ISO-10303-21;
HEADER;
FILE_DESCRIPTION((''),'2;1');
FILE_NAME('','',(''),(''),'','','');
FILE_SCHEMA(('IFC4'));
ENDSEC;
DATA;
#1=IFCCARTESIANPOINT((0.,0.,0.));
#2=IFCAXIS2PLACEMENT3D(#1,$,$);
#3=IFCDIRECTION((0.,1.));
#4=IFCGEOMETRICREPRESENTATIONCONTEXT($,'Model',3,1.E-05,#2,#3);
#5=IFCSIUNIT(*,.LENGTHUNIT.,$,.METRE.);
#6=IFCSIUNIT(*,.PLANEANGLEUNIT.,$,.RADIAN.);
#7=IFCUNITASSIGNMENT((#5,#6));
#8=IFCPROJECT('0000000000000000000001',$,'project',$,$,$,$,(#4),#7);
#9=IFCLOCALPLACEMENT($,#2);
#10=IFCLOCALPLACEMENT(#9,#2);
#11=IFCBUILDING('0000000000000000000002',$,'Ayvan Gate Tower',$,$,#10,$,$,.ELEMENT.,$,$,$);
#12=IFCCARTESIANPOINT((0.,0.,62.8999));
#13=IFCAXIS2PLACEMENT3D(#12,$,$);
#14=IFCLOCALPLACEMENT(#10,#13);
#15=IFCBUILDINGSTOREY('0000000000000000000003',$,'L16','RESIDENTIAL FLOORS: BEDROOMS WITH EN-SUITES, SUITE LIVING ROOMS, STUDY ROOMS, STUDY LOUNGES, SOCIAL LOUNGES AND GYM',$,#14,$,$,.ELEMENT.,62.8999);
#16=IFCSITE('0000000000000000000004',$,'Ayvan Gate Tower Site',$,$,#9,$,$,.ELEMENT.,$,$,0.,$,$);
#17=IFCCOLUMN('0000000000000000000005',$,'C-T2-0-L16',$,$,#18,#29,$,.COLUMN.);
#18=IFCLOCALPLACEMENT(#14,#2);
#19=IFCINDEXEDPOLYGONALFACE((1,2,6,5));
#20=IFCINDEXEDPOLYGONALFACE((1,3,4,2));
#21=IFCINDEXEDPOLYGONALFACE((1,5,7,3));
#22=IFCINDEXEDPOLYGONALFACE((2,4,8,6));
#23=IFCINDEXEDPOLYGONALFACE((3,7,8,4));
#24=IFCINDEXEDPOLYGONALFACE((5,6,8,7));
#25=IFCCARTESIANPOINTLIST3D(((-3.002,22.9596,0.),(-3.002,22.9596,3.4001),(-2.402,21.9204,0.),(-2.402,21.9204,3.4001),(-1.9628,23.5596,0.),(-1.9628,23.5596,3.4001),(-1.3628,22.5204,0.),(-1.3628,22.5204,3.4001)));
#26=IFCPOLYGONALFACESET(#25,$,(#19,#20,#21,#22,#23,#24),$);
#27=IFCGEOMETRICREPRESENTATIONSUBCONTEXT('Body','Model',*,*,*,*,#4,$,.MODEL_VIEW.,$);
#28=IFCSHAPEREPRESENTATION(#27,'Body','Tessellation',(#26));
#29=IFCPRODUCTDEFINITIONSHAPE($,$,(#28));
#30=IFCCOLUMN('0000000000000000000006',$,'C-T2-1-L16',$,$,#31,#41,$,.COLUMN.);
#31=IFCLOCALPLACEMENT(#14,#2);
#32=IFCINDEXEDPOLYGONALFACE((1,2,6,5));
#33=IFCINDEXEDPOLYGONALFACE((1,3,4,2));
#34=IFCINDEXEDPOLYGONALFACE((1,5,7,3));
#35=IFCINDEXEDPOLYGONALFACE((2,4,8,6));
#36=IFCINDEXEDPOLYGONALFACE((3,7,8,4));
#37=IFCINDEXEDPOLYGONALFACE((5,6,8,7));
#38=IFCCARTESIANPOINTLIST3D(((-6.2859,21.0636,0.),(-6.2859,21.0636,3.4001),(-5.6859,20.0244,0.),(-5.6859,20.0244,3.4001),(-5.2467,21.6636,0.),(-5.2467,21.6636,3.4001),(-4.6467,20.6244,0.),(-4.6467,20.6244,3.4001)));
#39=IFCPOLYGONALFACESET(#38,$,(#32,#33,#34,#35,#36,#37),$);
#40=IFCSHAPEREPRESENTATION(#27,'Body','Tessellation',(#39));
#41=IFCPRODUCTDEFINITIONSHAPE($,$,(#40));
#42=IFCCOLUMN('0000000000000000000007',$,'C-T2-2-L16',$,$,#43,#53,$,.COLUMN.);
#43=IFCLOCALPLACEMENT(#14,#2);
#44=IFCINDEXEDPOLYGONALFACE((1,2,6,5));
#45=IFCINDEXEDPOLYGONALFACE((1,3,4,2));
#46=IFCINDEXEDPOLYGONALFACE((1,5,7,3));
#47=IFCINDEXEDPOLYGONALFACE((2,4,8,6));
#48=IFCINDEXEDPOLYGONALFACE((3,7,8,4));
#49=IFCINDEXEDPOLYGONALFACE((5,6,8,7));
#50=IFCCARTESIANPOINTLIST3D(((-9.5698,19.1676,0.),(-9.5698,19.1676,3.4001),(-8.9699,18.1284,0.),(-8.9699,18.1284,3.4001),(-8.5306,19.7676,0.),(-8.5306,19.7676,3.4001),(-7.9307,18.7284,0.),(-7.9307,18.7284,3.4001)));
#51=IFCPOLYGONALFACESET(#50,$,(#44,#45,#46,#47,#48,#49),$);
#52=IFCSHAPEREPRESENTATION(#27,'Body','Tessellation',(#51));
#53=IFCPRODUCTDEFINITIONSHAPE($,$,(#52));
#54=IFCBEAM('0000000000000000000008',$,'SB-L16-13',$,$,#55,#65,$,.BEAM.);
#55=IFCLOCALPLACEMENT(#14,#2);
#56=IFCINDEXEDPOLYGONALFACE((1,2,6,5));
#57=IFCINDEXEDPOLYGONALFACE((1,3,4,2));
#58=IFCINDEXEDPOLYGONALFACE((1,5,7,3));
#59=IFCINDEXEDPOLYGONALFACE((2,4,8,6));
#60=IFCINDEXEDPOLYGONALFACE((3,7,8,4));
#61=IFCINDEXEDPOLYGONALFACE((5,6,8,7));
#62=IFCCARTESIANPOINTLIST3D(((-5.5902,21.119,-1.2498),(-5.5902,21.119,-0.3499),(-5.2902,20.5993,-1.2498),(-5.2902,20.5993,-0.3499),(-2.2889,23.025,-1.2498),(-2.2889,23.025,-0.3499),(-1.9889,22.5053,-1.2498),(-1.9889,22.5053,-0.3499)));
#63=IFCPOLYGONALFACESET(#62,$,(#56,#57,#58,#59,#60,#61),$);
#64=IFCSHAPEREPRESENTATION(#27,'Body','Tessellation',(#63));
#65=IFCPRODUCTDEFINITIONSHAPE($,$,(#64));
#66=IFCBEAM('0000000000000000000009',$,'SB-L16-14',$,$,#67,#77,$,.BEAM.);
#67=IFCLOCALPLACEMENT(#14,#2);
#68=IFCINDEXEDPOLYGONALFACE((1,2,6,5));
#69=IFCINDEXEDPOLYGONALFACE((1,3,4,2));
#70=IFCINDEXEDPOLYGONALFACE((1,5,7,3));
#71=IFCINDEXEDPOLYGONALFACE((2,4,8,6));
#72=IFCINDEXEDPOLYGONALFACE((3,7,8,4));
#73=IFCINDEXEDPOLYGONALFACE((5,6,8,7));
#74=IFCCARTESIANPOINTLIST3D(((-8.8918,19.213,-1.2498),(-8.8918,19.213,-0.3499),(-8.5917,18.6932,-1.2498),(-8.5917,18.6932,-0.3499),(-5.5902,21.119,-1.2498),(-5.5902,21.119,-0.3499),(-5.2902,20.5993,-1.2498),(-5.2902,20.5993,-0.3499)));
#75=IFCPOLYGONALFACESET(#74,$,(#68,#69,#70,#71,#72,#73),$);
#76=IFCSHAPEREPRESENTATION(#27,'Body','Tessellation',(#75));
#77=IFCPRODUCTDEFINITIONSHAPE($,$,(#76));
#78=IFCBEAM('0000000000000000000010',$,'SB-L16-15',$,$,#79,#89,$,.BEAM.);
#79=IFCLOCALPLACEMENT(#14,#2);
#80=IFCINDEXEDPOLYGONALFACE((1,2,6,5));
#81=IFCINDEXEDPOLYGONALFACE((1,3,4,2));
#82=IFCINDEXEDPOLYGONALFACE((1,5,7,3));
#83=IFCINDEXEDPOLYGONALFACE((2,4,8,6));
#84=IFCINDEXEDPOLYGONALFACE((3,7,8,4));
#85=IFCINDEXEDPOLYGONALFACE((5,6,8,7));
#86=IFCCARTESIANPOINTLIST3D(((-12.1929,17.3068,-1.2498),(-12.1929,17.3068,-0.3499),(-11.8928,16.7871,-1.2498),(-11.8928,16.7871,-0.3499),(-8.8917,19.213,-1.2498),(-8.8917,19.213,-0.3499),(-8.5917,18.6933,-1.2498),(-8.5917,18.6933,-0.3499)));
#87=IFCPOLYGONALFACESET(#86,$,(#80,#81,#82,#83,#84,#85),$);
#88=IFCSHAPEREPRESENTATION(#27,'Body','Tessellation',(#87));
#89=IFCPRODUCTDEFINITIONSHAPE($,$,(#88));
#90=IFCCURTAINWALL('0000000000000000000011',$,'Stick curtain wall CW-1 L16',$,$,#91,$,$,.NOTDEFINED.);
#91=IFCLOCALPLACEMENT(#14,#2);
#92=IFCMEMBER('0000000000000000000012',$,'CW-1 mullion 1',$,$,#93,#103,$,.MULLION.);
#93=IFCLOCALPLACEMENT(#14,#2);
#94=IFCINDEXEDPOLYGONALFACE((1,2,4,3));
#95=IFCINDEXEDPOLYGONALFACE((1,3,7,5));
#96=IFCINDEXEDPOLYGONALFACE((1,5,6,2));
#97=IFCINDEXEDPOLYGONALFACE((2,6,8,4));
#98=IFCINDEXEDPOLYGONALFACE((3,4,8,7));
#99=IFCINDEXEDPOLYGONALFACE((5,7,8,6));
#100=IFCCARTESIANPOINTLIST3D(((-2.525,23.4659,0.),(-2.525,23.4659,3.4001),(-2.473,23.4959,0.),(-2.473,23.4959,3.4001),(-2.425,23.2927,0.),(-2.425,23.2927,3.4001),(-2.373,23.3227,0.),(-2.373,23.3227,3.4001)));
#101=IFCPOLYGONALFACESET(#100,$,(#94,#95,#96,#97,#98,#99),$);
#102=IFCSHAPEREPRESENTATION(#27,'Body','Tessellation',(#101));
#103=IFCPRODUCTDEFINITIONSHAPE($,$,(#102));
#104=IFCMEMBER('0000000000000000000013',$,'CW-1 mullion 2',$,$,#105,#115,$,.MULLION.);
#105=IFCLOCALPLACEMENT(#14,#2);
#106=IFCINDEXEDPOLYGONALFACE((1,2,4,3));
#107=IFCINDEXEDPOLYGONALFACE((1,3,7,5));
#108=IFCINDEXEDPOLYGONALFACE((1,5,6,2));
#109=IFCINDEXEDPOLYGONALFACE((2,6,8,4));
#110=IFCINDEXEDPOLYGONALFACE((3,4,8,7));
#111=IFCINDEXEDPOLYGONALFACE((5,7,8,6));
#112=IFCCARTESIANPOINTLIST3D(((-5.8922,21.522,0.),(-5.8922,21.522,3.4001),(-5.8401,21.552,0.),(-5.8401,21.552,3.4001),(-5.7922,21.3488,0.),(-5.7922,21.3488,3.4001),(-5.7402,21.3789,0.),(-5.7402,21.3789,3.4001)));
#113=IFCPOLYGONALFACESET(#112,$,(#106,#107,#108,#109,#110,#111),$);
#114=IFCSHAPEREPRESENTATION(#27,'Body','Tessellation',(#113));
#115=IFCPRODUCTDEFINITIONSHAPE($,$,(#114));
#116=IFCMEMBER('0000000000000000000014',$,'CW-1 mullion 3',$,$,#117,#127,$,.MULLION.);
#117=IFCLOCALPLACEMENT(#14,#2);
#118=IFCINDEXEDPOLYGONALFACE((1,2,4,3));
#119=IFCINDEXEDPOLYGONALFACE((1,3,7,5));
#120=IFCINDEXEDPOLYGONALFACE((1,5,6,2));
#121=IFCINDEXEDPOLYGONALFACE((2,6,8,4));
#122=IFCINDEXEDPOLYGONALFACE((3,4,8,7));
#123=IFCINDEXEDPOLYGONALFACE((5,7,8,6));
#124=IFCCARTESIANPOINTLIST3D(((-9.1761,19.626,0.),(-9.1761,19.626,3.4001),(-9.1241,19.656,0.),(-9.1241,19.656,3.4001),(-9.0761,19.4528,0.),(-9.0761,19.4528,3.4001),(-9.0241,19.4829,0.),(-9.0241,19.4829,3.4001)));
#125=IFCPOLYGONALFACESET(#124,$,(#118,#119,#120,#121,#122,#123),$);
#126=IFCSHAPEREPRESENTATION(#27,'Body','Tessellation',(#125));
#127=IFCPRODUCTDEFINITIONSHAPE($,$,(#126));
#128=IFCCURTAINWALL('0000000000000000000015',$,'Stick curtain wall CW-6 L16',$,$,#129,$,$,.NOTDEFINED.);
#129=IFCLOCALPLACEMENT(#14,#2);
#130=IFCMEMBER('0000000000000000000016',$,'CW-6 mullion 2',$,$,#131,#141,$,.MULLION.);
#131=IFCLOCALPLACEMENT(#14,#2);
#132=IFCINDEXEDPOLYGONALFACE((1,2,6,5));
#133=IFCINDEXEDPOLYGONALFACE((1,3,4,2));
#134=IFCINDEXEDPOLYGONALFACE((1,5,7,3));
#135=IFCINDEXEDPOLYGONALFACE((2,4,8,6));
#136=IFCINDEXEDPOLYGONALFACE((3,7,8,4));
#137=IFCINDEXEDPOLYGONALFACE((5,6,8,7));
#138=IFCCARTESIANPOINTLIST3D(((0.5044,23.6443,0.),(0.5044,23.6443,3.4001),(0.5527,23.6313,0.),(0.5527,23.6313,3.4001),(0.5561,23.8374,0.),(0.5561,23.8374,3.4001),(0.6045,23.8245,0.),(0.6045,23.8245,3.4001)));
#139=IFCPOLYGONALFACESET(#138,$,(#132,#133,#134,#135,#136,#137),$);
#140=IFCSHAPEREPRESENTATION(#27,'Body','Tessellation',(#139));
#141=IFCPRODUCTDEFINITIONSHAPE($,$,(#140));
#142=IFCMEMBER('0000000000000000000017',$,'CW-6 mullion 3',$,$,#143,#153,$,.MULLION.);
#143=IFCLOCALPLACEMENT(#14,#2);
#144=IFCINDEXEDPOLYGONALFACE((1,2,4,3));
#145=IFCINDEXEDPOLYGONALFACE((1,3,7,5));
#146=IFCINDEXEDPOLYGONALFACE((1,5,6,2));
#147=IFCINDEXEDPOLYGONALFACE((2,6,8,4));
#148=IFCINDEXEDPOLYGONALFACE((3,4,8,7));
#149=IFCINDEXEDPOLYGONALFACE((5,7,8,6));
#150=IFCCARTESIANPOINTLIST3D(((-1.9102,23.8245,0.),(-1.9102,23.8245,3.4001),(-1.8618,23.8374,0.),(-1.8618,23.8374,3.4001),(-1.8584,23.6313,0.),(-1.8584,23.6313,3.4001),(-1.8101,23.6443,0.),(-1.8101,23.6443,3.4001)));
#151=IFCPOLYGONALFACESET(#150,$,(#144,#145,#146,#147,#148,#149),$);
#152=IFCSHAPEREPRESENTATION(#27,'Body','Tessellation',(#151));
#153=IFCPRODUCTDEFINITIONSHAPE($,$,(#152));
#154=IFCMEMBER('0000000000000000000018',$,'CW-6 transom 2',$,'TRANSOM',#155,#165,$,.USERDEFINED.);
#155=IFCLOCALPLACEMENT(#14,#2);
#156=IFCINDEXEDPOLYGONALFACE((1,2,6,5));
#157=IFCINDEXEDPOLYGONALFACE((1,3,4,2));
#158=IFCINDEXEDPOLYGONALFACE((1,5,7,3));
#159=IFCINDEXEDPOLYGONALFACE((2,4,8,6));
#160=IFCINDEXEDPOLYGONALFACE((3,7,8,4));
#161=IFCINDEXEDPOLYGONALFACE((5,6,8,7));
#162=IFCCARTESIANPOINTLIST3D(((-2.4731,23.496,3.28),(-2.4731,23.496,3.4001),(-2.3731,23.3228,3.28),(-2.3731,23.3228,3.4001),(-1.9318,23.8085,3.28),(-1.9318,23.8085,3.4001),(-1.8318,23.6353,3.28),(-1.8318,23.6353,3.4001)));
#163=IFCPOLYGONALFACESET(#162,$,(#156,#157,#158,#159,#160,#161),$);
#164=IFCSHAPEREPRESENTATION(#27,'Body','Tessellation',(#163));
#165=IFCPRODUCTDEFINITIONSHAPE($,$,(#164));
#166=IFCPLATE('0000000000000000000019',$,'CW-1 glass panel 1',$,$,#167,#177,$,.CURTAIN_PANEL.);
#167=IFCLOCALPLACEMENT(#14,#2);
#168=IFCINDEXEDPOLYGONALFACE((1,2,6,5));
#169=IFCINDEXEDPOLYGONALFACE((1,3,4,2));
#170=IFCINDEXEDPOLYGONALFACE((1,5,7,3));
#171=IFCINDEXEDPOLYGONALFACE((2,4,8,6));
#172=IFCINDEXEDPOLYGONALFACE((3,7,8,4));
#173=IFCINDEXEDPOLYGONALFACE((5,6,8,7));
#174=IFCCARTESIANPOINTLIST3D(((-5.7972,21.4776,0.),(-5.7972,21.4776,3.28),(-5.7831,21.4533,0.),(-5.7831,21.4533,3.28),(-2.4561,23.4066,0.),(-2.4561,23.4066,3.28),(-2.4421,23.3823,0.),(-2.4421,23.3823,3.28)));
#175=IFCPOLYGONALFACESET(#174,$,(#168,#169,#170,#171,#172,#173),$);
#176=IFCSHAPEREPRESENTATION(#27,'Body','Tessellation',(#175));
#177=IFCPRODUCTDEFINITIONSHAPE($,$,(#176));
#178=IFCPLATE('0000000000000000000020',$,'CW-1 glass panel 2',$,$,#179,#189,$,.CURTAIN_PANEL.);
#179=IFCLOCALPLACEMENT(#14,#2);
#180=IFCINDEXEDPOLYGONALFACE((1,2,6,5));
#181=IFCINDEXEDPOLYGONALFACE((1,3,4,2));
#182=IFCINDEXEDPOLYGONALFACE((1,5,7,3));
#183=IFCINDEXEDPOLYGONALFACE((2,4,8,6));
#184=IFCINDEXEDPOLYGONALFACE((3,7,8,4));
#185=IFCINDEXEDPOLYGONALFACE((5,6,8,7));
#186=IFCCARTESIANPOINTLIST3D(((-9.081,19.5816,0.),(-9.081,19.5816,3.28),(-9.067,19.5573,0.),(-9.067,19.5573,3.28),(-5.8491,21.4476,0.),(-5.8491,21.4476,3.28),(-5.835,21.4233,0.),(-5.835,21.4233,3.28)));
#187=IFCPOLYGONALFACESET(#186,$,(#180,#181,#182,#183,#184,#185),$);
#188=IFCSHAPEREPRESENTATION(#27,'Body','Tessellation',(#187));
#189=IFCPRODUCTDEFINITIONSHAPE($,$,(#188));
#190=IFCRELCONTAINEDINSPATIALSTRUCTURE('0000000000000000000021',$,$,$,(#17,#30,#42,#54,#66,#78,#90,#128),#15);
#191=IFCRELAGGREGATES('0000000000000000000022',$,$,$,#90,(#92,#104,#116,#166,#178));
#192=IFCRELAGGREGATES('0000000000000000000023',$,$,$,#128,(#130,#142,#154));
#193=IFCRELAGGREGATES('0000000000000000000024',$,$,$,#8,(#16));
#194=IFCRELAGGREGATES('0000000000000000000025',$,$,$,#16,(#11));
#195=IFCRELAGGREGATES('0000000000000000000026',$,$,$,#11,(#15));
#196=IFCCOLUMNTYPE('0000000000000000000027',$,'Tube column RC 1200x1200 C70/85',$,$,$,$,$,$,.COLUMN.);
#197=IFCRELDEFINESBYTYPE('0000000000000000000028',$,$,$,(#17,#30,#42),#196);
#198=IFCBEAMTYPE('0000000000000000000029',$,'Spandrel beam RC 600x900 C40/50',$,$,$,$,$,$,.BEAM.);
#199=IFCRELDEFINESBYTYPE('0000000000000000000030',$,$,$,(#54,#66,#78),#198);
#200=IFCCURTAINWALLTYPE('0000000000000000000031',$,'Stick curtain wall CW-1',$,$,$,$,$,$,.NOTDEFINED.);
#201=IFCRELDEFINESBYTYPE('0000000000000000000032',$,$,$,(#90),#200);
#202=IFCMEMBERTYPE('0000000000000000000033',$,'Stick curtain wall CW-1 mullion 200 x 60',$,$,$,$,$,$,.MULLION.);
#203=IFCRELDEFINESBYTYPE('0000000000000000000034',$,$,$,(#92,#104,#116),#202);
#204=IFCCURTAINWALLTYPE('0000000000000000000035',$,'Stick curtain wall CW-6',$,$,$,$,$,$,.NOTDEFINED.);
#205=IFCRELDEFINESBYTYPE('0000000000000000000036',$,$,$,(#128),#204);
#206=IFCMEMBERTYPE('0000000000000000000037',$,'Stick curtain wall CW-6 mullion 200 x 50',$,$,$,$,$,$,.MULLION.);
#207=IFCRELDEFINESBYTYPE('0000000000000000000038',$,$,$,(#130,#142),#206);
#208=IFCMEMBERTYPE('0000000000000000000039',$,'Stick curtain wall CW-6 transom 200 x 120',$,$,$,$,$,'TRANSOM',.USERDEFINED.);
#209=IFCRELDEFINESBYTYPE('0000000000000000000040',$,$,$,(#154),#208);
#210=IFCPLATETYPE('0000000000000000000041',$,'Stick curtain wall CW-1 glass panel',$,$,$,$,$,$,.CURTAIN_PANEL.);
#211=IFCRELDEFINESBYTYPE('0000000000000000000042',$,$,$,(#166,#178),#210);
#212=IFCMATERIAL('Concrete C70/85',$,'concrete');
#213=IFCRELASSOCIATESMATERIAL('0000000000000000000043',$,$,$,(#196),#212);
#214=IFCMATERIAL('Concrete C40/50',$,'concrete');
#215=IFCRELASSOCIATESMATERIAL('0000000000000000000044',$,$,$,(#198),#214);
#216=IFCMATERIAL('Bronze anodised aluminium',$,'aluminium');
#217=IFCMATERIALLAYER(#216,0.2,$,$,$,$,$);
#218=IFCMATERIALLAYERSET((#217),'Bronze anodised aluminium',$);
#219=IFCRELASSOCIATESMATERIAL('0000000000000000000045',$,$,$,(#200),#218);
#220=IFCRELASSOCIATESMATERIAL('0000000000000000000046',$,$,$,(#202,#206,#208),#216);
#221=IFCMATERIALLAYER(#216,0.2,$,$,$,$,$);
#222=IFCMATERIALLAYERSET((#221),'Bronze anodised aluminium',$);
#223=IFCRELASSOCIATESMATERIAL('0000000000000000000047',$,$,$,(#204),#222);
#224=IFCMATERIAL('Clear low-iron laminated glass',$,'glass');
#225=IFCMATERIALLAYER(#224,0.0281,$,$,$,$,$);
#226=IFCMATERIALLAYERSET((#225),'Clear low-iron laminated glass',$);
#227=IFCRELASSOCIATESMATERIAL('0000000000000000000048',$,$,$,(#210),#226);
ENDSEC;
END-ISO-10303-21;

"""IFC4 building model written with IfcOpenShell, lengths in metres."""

from ifc_helpers import new_model, si_unit, direction, frame, origin, origin_2d, place, context, subcontext, project, spatial, rectangle, extrude, material, layer, layer_set, material_profile, profile_set, type_object, element, aggregate, save


model = new_model("IFC4")

# Units and contexts
model_context = context("Model", 3, precision=1e-05, world=origin(), true_north=direction((0.0, 1.0)))
body_context = subcontext(model_context, "Body", "Model", "MODEL_VIEW")
ifc_project = project(units=[si_unit("LENGTHUNIT", "METRE"), si_unit("PLANEANGLEUNIT", "RADIAN")], contexts=[model_context])

# Site, building, storey
site_placement = place(None, origin())
site = spatial("IfcSite", under=ifc_project, at=site_placement, Name="Ayvan Gate Tower Site", CompositionType="ELEMENT", RefElevation=0.0)
building_placement = place(site_placement, origin())
building = spatial("IfcBuilding", under=site, at=building_placement, Name="Ayvan Gate Tower", CompositionType="ELEMENT")
storey_placement = place(building_placement, frame((0.0, 0.0, 62.8999)))
storey = spatial("IfcBuildingStorey", under=building, at=storey_placement, Name="L16", Description="RESIDENTIAL FLOORS: BEDROOMS WITH EN-SUITES, SUITE LIVING ROOMS, STUDY ROOMS, STUDY LOUNGES, SOCIAL LOUNGES AND GYM", CompositionType="ELEMENT", Elevation=62.8999)

# Columns
ifc_material_1 = material(Name="Concrete C70/85", Category="concrete")
ifc_material_profile_1 = material_profile(ifc_material_1, rectangle(XDim=1.2, YDim=1.2, at=origin_2d()), Name="RC 1200x1200")
ifc_profile_set_1 = profile_set([ifc_material_profile_1], Name="Concrete C70/85")
column_type = type_object("IfcColumnType", Name="Tube column RC 1200x1200 C70/85", PredefinedType="COLUMN", material=ifc_profile_set_1)
for number, where, z_axis, x_axis, name in (
    (1, (-2.1824, 22.74, 0.0), (0.0, 0.0, 1.0), (-0.5, 0.866025, 0.0), "C-T2-0-L16"),
    (2, (-5.4663, 20.844, 0.0), (0.0, 0.0, 1.0), (-0.5, 0.866025, 0.0), "C-T2-1-L16"),
    (3, (-8.7502, 18.948, 0.0), (0.0, 0.0, 1.0), (-0.5, 0.866025, 0.0), "C-T2-2-L16"),
):
    element("IfcColumn", number, at=place(storey_placement, frame(where, z_axis=z_axis, x_axis=x_axis)), inside=storey, type_object=column_type, Name=name, PredefinedType="COLUMN", context=body_context, shape_type="SweptSolid", body=[
        extrude(rectangle(XDim=1.2, YDim=1.2, at=origin_2d()), origin(), (0.0, 0.0, 1.0), 3.4001),
    ])

# Beams
ifc_material_2 = material(Name="Concrete C40/50", Category="concrete")
ifc_material_profile_2 = material_profile(ifc_material_2, rectangle(XDim=0.6001, YDim=0.8999, at=origin_2d()), Name="RC 600x900")
ifc_profile_set_2 = profile_set([ifc_material_profile_2], Name="Concrete C40/50")
beam_type = type_object("IfcBeamType", Name="Spandrel beam RC 600x900 C40/50", PredefinedType="BEAM", material=ifc_profile_set_2)
beam_1_placement = place(storey_placement, frame((-2.1389, 22.7651, -0.7998), z_axis=(-0.866023, -0.500003, 0.0), x_axis=(0.500003, -0.866023, 0.0)))
element("IfcBeam", 4, at=beam_1_placement, inside=storey, type_object=beam_type, Name="SB-L16-13", PredefinedType="BEAM", context=body_context, shape_type="SweptSolid", body=[
    extrude(rectangle(XDim=0.6001, YDim=0.8999, at=origin_2d()), origin(), (0.0, 0.0, 1.0), 3.812),
])
beam_2_placement = place(storey_placement, frame((-5.4402, 20.8591, -0.7998), z_axis=(-0.866039, -0.499976, 0.0), x_axis=(0.499976, -0.866039, 0.0)))
element("IfcBeam", 5, at=beam_2_placement, inside=storey, type_object=beam_type, Name="SB-L16-14", PredefinedType="BEAM", context=body_context, shape_type="SweptSolid", body=[
    extrude(rectangle(XDim=0.6001, YDim=0.8999, at=origin_2d()), origin(), (0.0, 0.0, 1.0), 3.8123),
])
beam_3_placement = place(storey_placement, frame((-8.7417, 18.9531, -0.7998), z_axis=(-0.865996, -0.500051, 0.0), x_axis=(0.500051, -0.865996, 0.0)))
element("IfcBeam", 6, at=beam_3_placement, inside=storey, type_object=beam_type, Name="SB-L16-15", PredefinedType="BEAM", context=body_context, shape_type="SweptSolid", body=[
    extrude(rectangle(XDim=0.6001, YDim=0.8999, at=origin_2d()), origin(), (0.0, 0.0, 1.0), 3.812),
])

# Curtain walls, members
ifc_material_3 = material(Name="Bronze anodised aluminium", Category="aluminium")
ifc_layer_1 = layer(ifc_material_3, 0.2)
ifc_layer_set_1 = layer_set([ifc_layer_1], Name="Bronze anodised aluminium")
curtain_wall_type_1 = type_object("IfcCurtainWallType", Name="Stick curtain wall CW-1", PredefinedType="NOTDEFINED", material=ifc_layer_set_1)
curtain_wall_1_placement = place(storey_placement, origin())
curtain_wall_1 = element("IfcCurtainWall", 7, at=curtain_wall_1_placement, inside=storey, type_object=curtain_wall_type_1, Name="Stick curtain wall CW-1 L16", PredefinedType="NOTDEFINED")
ifc_material_profile_3 = material_profile(ifc_material_3, rectangle(XDim=0.2, YDim=0.0601, at=origin_2d()), Name="Stick curtain wall CW-1 mullion 200 x 60")
ifc_profile_set_3 = profile_set([ifc_material_profile_3], Name="Bronze anodised aluminium")
member_type_1 = type_object("IfcMemberType", Name="Stick curtain wall CW-1 mullion 200 x 60", PredefinedType="MULLION", material=ifc_profile_set_3)
member_1_placement = place(storey_placement, frame((-2.449, 23.3943, 0.0), z_axis=(0.0, 0.0, 1.0), x_axis=(-0.5, 0.866025, 0.0)))
member_1 = element("IfcMember", 8, at=member_1_placement, type_object=member_type_1, Name="CW-1 mullion 1", PredefinedType="MULLION", context=body_context, shape_type="SweptSolid", body=[
    extrude(rectangle(XDim=0.2, YDim=0.0601, at=origin_2d()), origin(), (0.0, 0.0, 1.0), 3.4001),
])
member_2_placement = place(storey_placement, frame((-5.8162, 21.4504, 0.0), z_axis=(0.0, 0.0, 1.0), x_axis=(-0.5, 0.866025, 0.0)))
member_2 = element("IfcMember", 9, at=member_2_placement, type_object=member_type_1, Name="CW-1 mullion 2", PredefinedType="MULLION", context=body_context, shape_type="SweptSolid", body=[
    extrude(rectangle(XDim=0.2, YDim=0.0601, at=origin_2d()), origin(), (0.0, 0.0, 1.0), 3.4001),
])
member_3_placement = place(storey_placement, frame((-9.1001, 19.5544, 0.0), z_axis=(0.0, 0.0, 1.0), x_axis=(-0.5, 0.866025, 0.0)))
member_3 = element("IfcMember", 10, at=member_3_placement, type_object=member_type_1, Name="CW-1 mullion 3", PredefinedType="MULLION", context=body_context, shape_type="SweptSolid", body=[
    extrude(rectangle(XDim=0.2, YDim=0.0601, at=origin_2d()), origin(), (0.0, 0.0, 1.0), 3.4001),
])
ifc_layer_2 = layer(ifc_material_3, 0.2)
ifc_layer_set_2 = layer_set([ifc_layer_2], Name="Bronze anodised aluminium")
curtain_wall_type_2 = type_object("IfcCurtainWallType", Name="Stick curtain wall CW-6", PredefinedType="NOTDEFINED", material=ifc_layer_set_2)
curtain_wall_2_placement = place(storey_placement, origin())
curtain_wall_2 = element("IfcCurtainWall", 11, at=curtain_wall_2_placement, inside=storey, type_object=curtain_wall_type_2, Name="Stick curtain wall CW-6 L16", PredefinedType="NOTDEFINED")
ifc_material_profile_4 = material_profile(ifc_material_3, rectangle(XDim=0.2, YDim=0.05, at=origin_2d()), Name="Stick curtain wall CW-6 mullion 200 x 50")
ifc_profile_set_4 = profile_set([ifc_material_profile_4], Name="Bronze anodised aluminium")
member_type_2 = type_object("IfcMemberType", Name="Stick curtain wall CW-6 mullion 200 x 50", PredefinedType="MULLION", material=ifc_profile_set_4)
member_4_placement = place(storey_placement, frame((0.5544, 23.7344, 0.0), z_axis=(0.0, 0.0, 1.0), x_axis=(0.258819, 0.965926, 0.0)))
member_4 = element("IfcMember", 12, at=member_4_placement, type_object=member_type_2, Name="CW-6 mullion 2", PredefinedType="MULLION", context=body_context, shape_type="SweptSolid", body=[
    extrude(rectangle(XDim=0.2, YDim=0.05, at=origin_2d()), origin(), (0.0, 0.0, 1.0), 3.4001),
])
member_5_placement = place(storey_placement, frame((-1.8601, 23.7344, 0.0), z_axis=(0.0, 0.0, 1.0), x_axis=(-0.258819, 0.965926, 0.0)))
member_5 = element("IfcMember", 13, at=member_5_placement, type_object=member_type_2, Name="CW-6 mullion 3", PredefinedType="MULLION", context=body_context, shape_type="SweptSolid", body=[
    extrude(rectangle(XDim=0.2, YDim=0.05, at=origin_2d()), origin(), (0.0, 0.0, 1.0), 3.4001),
])
ifc_material_profile_5 = material_profile(ifc_material_3, rectangle(XDim=0.2, YDim=0.1201, at=origin_2d()), Name="Stick curtain wall CW-6 transom 200 x 120")
ifc_profile_set_5 = profile_set([ifc_material_profile_5], Name="Bronze anodised aluminium")
member_type_3 = type_object("IfcMemberType", Name="Stick curtain wall CW-6 transom 200 x 120", ElementType="TRANSOM", PredefinedType="USERDEFINED", material=ifc_profile_set_5)
member_6_placement = place(storey_placement, frame((-1.8818, 23.7219, 3.3401), z_axis=(-0.866023, -0.500004, 0.0), x_axis=(0.500004, -0.866023, 0.0)))
member_6 = element("IfcMember", 14, at=member_6_placement, type_object=member_type_3, Name="CW-6 transom 2", ObjectType="TRANSOM", PredefinedType="USERDEFINED", context=body_context, shape_type="SweptSolid", body=[
    extrude(rectangle(XDim=0.2, YDim=0.1201, at=origin_2d()), origin(), (0.0, 0.0, 1.0), 0.625),
])

# Plates
ifc_material_4 = material(Name="Clear low-iron laminated glass", Category="glass")
ifc_layer_3 = layer(ifc_material_4, 0.0281)
ifc_layer_set_3 = layer_set([ifc_layer_3], Name="Clear low-iron laminated glass")
plate_type_1 = type_object("IfcPlateType", Name="Stick curtain wall CW-1 glass panel", PredefinedType="CURTAIN_PANEL", material=ifc_layer_set_3)
plate_1_placement = place(storey_placement, frame((-4.1196, 22.4299, 0.0), z_axis=(0.0, 0.0, 1.0), x_axis=(-0.866025, -0.5, 0.0)))
plate_1 = element("IfcPlate", 15, at=plate_1_placement, type_object=plate_type_1, Name="CW-1 glass panel 1", PredefinedType="CURTAIN_PANEL", context=body_context, shape_type="SweptSolid", body=[
    extrude(rectangle(XDim=3.8579, YDim=0.0281, at=origin_2d()), origin(), (0.0, 0.0, 1.0), 3.28),
])
plate_2_placement = place(storey_placement, frame((-7.458, 20.5024, 0.0), z_axis=(0.0, 0.0, 1.0), x_axis=(-0.866025, -0.5, 0.0)))
plate_2 = element("IfcPlate", 16, at=plate_2_placement, type_object=plate_type_1, Name="CW-1 glass panel 2", PredefinedType="CURTAIN_PANEL", context=body_context, shape_type="SweptSolid", body=[
    extrude(rectangle(XDim=3.7319, YDim=0.0281, at=origin_2d()), origin(), (0.0, 0.0, 1.0), 3.28),
])
aggregate(curtain_wall_1, [member_1, member_2, member_3, plate_1, plate_2])
aggregate(curtain_wall_2, [member_4, member_5, member_6])

save(model, "model.ifc")
